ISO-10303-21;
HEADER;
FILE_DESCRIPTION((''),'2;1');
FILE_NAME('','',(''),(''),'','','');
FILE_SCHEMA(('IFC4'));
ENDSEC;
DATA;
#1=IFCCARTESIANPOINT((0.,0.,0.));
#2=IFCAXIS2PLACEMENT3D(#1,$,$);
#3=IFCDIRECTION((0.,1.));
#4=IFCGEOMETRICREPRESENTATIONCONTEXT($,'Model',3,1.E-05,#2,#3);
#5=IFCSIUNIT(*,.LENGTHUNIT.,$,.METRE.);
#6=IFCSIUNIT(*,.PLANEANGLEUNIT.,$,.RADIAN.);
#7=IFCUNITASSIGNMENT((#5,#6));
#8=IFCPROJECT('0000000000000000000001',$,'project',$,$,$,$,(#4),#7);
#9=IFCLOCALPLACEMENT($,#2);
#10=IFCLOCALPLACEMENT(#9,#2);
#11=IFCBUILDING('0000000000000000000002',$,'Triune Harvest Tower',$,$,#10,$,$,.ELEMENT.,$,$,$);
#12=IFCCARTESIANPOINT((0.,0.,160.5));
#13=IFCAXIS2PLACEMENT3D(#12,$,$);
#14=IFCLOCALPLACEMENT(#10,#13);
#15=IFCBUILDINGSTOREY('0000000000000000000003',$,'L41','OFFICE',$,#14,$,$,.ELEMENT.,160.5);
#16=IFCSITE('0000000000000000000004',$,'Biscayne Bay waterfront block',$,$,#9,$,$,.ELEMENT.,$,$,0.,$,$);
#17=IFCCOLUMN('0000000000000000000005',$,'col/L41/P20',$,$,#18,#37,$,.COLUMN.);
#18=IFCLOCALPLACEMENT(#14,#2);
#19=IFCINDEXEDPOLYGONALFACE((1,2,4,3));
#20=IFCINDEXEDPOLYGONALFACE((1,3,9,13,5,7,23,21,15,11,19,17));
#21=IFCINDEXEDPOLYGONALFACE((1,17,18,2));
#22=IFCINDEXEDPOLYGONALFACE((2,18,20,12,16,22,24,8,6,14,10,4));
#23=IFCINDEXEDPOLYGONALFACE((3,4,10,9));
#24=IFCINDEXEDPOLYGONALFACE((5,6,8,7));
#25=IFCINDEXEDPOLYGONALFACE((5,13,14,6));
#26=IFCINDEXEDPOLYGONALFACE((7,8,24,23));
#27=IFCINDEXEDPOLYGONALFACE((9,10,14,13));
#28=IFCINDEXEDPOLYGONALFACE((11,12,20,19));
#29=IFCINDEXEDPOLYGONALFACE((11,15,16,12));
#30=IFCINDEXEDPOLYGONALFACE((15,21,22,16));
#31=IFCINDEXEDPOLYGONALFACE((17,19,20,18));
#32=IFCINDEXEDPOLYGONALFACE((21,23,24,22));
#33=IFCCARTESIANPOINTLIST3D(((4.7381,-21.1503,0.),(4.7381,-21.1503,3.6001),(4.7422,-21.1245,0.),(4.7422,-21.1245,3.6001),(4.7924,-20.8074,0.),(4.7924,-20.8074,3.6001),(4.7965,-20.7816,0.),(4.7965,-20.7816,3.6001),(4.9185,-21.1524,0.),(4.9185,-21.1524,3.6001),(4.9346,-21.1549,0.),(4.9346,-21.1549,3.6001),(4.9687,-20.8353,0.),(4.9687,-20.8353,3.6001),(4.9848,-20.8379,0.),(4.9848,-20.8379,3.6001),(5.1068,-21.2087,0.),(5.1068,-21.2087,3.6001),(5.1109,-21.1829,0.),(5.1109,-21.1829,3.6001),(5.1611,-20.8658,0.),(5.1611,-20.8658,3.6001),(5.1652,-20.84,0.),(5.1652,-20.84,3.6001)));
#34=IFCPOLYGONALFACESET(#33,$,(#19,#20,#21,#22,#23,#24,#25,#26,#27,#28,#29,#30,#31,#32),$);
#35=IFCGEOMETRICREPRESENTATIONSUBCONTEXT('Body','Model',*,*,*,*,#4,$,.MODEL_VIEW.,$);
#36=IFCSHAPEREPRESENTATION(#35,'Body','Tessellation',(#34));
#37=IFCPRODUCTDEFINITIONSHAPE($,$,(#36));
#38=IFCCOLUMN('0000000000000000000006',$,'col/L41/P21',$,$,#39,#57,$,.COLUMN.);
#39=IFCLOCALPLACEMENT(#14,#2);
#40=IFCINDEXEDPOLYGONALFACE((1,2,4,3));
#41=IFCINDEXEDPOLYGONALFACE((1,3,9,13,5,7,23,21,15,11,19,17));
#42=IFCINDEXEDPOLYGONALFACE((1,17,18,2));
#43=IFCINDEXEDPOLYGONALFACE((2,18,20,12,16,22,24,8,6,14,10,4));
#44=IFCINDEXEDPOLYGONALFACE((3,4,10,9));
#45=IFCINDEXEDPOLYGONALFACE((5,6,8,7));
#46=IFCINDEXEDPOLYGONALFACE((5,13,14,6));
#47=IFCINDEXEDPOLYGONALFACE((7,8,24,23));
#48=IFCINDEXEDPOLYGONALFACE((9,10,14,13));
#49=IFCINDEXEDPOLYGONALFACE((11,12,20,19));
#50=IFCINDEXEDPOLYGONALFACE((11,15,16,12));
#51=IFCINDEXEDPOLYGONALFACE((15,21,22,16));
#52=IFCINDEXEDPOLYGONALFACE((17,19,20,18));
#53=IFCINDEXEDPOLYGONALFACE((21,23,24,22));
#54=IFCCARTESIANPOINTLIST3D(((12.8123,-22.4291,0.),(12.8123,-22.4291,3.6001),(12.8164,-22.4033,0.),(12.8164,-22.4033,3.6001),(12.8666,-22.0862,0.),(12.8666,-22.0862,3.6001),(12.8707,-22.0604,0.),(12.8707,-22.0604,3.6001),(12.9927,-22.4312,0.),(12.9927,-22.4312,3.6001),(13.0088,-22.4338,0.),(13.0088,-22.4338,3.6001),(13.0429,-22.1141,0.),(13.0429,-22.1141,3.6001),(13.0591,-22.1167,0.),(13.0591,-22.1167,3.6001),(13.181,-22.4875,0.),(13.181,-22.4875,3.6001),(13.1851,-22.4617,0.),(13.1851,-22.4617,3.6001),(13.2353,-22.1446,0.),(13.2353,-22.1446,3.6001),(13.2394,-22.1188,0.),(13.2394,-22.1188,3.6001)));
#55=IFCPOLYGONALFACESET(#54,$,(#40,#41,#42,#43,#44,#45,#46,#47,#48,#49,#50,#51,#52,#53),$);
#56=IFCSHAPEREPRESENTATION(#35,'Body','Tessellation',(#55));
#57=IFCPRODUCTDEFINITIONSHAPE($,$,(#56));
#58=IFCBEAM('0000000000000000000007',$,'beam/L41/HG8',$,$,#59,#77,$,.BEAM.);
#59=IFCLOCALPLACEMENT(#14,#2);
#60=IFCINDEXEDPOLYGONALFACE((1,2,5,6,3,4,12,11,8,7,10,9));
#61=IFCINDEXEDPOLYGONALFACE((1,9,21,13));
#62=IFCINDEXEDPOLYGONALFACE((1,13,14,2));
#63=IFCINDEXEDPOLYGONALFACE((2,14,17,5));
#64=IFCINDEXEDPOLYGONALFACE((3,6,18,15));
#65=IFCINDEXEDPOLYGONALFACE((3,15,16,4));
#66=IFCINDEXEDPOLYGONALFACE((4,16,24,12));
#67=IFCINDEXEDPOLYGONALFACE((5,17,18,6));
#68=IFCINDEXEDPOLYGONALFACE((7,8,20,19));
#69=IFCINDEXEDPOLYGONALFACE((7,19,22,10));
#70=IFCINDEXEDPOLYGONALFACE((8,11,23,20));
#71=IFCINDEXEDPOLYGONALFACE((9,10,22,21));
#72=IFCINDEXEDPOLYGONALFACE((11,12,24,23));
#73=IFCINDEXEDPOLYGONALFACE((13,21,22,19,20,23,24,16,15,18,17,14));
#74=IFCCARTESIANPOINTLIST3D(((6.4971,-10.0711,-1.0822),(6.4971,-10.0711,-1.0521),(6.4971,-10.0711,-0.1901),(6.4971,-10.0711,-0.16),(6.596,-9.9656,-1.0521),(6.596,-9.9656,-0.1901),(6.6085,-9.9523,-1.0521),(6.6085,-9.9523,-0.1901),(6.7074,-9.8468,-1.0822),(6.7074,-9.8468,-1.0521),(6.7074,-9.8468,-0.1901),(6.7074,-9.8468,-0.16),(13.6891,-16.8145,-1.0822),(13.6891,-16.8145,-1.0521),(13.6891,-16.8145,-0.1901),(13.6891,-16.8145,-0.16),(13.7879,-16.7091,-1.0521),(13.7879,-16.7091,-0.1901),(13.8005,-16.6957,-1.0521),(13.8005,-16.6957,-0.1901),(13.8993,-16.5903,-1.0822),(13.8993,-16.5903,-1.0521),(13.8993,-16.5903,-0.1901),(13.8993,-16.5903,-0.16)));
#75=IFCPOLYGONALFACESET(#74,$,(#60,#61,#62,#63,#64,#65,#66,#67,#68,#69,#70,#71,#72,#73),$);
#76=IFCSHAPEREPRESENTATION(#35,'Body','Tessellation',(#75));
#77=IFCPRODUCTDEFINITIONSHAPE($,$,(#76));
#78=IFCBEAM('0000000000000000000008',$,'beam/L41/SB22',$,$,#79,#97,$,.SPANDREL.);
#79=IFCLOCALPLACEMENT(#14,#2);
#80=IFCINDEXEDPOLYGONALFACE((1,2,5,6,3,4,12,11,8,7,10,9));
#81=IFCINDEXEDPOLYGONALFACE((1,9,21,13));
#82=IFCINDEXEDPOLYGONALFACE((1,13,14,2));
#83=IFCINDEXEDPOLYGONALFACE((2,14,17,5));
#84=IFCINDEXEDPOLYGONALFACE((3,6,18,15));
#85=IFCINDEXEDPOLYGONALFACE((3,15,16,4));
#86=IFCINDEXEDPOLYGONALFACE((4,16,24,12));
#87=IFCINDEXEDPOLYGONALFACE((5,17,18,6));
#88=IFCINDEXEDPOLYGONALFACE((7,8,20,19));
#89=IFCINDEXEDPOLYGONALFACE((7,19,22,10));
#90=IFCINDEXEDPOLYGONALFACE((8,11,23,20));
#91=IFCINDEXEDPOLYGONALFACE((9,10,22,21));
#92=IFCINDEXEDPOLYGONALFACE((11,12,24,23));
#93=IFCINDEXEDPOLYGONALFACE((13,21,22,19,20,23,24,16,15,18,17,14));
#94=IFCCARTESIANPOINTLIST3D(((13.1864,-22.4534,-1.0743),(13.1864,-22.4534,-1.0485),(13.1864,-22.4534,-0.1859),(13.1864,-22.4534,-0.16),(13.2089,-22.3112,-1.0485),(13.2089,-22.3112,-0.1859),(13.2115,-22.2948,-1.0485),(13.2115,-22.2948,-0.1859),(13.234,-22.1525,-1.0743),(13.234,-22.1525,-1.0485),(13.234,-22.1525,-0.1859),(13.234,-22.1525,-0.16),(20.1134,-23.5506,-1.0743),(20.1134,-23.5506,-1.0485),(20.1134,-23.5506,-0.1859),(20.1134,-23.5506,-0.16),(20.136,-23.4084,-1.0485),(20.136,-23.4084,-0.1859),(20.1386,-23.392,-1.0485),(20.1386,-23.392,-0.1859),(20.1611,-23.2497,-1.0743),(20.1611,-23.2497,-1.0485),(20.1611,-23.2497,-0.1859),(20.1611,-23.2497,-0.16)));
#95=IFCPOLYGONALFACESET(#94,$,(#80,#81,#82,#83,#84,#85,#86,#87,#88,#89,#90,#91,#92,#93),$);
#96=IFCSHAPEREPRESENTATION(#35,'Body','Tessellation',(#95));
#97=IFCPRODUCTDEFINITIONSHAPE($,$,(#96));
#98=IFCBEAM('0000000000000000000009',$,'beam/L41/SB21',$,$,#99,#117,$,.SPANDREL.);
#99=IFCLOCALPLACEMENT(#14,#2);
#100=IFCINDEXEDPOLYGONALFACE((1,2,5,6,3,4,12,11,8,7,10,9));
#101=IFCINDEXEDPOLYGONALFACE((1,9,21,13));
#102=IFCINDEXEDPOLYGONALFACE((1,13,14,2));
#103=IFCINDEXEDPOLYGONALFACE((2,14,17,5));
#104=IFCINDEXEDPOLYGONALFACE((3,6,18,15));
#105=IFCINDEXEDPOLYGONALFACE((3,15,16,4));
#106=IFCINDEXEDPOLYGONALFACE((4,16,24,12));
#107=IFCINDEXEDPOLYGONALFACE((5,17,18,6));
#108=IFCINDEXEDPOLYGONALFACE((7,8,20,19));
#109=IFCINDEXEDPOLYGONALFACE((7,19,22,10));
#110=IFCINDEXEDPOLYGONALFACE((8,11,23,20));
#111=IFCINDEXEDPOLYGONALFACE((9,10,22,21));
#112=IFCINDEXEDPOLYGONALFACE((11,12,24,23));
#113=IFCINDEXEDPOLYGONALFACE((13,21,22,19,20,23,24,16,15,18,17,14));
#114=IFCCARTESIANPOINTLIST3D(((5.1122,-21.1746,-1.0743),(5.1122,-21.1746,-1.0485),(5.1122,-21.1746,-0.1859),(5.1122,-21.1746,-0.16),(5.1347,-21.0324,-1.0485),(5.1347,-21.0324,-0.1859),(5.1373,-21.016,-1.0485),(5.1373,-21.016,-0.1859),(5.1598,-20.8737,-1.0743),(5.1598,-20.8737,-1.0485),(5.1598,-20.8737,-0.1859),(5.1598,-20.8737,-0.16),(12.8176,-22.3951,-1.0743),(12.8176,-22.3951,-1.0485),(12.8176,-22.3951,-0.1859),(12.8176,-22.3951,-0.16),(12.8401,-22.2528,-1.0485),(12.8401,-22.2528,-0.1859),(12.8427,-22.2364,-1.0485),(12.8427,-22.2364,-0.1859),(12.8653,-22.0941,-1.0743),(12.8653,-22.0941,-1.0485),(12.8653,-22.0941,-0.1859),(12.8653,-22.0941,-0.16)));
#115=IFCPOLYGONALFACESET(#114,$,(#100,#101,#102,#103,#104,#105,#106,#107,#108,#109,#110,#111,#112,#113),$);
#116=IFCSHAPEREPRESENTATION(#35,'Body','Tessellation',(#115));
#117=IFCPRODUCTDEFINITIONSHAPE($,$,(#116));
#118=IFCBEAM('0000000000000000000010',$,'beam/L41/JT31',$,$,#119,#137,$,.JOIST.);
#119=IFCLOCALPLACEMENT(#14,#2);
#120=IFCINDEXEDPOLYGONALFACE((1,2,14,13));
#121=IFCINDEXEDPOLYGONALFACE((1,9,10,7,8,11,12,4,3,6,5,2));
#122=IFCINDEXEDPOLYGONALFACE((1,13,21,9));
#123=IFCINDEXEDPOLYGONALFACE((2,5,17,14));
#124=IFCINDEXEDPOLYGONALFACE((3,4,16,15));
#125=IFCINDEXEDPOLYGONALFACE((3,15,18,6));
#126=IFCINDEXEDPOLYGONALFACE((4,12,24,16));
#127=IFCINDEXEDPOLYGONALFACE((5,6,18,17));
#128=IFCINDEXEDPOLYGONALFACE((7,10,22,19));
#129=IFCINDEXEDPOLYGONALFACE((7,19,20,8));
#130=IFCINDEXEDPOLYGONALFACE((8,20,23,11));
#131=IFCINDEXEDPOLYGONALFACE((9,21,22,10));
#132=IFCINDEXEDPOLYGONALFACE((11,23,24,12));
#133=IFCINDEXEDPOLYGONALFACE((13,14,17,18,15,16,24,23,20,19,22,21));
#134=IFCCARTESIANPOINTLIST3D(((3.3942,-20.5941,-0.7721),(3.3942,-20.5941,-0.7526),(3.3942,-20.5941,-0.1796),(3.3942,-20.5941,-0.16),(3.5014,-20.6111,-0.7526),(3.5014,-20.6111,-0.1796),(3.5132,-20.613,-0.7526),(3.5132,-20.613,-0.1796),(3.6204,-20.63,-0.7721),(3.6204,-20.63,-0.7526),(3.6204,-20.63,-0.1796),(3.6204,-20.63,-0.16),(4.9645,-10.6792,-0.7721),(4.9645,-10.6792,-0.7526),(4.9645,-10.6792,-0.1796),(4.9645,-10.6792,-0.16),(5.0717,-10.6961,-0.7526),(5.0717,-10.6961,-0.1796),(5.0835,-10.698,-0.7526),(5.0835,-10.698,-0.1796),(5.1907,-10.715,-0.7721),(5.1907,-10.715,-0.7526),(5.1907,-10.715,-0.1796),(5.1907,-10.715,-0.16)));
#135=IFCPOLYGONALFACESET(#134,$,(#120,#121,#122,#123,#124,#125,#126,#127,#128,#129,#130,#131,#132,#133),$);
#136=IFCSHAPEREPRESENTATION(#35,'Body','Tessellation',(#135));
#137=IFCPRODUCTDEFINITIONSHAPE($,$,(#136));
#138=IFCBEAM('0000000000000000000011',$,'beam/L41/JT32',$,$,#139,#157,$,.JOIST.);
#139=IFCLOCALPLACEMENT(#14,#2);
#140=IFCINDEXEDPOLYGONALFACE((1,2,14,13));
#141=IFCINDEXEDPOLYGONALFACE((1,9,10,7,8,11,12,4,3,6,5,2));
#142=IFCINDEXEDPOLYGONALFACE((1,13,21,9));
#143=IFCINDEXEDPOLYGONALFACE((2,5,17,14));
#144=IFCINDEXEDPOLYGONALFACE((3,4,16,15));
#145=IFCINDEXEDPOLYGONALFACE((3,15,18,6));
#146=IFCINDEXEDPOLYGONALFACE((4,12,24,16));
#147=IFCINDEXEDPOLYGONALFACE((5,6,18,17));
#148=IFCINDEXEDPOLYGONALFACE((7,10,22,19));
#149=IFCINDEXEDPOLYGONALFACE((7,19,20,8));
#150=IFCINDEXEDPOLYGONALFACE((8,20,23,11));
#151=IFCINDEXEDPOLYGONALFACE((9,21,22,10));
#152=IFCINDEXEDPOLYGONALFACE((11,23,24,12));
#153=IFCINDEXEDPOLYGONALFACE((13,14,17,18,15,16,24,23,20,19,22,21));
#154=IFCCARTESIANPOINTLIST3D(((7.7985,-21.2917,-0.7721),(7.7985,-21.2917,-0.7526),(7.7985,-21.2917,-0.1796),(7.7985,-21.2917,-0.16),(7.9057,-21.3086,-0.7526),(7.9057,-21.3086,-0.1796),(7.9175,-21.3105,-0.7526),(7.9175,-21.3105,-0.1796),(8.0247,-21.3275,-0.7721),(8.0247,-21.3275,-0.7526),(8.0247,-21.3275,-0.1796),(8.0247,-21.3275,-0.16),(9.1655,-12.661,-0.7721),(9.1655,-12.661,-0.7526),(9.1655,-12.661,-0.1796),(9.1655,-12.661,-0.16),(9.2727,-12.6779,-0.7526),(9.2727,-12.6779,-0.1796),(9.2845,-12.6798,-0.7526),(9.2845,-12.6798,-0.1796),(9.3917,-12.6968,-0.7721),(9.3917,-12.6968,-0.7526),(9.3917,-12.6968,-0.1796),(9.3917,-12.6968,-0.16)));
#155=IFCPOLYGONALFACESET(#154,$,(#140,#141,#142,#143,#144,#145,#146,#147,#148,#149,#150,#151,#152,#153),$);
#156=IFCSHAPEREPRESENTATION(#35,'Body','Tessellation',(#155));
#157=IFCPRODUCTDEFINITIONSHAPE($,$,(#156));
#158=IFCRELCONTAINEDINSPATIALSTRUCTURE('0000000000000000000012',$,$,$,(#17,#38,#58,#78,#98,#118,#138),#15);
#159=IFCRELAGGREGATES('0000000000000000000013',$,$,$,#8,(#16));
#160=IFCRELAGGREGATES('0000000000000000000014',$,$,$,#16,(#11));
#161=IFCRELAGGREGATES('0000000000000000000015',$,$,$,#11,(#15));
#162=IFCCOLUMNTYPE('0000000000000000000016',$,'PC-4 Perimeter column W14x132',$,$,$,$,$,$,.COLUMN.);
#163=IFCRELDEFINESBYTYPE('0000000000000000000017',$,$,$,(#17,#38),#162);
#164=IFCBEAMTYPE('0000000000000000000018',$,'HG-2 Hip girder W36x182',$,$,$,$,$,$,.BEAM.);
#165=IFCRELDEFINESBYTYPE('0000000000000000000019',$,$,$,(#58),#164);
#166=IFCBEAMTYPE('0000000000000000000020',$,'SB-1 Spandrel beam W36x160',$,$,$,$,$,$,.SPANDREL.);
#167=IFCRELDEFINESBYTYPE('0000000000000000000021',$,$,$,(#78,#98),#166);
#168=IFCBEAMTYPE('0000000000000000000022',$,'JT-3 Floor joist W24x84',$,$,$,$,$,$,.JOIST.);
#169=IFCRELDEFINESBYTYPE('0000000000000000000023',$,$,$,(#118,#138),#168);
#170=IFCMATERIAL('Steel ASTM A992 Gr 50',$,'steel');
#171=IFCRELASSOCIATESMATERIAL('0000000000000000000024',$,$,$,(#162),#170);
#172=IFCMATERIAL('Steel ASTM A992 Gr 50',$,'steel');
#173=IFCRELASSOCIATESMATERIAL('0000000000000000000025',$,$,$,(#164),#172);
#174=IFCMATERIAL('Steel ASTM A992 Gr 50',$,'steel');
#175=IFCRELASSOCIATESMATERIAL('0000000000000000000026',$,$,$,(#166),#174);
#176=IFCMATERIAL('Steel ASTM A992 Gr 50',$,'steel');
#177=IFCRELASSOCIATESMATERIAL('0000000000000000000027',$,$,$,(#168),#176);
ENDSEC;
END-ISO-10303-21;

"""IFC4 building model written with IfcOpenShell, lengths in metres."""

from ifc_helpers import new_model, si_unit, direction, frame, origin, origin_2d, place, context, subcontext, project, spatial, i_section, extrude, source, transform, mapped, material, material_profile, profile_set, type_object, element, save


model = new_model("IFC4")

# Units and contexts
model_context = context("Model", 3, precision=1e-05, world=origin(), true_north=direction((0.0, 1.0)))
body_context = subcontext(model_context, "Body", "Model", "MODEL_VIEW")
ifc_project = project(units=[si_unit("LENGTHUNIT", "METRE"), si_unit("PLANEANGLEUNIT", "RADIAN")], contexts=[model_context])

# Site, building, storey
site_placement = place(None, origin())
site = spatial("IfcSite", under=ifc_project, at=site_placement, Name="Biscayne Bay waterfront block", CompositionType="ELEMENT", RefElevation=0.0)
building_placement = place(site_placement, origin())
building = spatial("IfcBuilding", under=site, at=building_placement, Name="Triune Harvest Tower", CompositionType="ELEMENT")
storey_placement = place(building_placement, frame((0.0, 0.0, 160.5)))
storey = spatial("IfcBuildingStorey", under=building, at=storey_placement, Name="L41", Description="OFFICE", CompositionType="ELEMENT", Elevation=160.5)

# Columns
ifc_material_1 = material(Name="Steel ASTM A992 Gr 50", Category="steel")
ifc_material_profile_1 = material_profile(ifc_material_1, i_section(OverallWidth=0.3733, OverallDepth=0.3733, WebThickness=0.0164, FlangeThickness=0.0261, at=origin_2d()), Name="W14x132")
ifc_profile_set_1 = profile_set([ifc_material_profile_1], Name="Steel ASTM A992 Gr 50")
column_type = type_object("IfcColumnType", Name="PC-4 Perimeter column W14x132", PredefinedType="COLUMN", material=ifc_profile_set_1)
shared_shape_1 = source(origin(), body_context, "Body", "SweptSolid", [
    extrude(i_section(OverallWidth=0.3733, OverallDepth=0.3733, WebThickness=0.0164, FlangeThickness=0.0261, at=origin_2d()), origin(), (0.0, 0.0, 1.0), 3.6001),
])
for number, where, z_axis, x_axis, name in (
    (1, (4.9517, -20.9951, 0.0), (0.0, 0.0, 1.0), (0.987688, -0.156434, 0.0), "col/L41/P20"),
    (2, (13.0259, -22.2739, 0.0), (0.0, 0.0, 1.0), (0.987688, -0.156434, 0.0), "col/L41/P21"),
):
    element("IfcColumn", number, at=place(storey_placement, frame(where, z_axis=z_axis, x_axis=x_axis)), inside=storey, type_object=column_type, Name=name, PredefinedType="COLUMN", context=body_context, shape_type="MappedRepresentation", body=[
        mapped(shared_shape_1, transform((0.0, 0.0, 0.0), scale=1.0)),
    ])

# Beams
ifc_material_2 = material(Name="Steel ASTM A992 Gr 50", Category="steel")
ifc_material_profile_2 = material_profile(ifc_material_2, i_section(OverallWidth=0.3074, OverallDepth=0.9221, WebThickness=0.0183, FlangeThickness=0.03, at=origin_2d()), Name="W36x182")
ifc_profile_set_2 = profile_set([ifc_material_profile_2], Name="Steel ASTM A992 Gr 50")
beam_type_1 = type_object("IfcBeamType", Name="HG-2 Hip girder W36x182", PredefinedType="BEAM", material=ifc_profile_set_2)
shared_shape_2 = source(origin(), body_context, "Body", "SweptSolid", [
    extrude(i_section(OverallWidth=0.3074, OverallDepth=0.9221, WebThickness=0.0183, FlangeThickness=0.03, at=origin_2d()), origin(), (0.0, 0.0, 1.0), 9.8589),
])
beam_1_placement = place(storey_placement, frame((13.7942, -16.7024, -0.6211), z_axis=(-0.729486, 0.683995, 0.0), x_axis=(-0.683995, -0.729486, 0.0)))
element("IfcBeam", 3, at=beam_1_placement, inside=storey, type_object=beam_type_1, Name="beam/L41/HG8", PredefinedType="BEAM", context=body_context, shape_type="MappedRepresentation", body=[
    mapped(shared_shape_2, transform((0.0, 0.0, 0.0), scale=1.0)),
])
ifc_material_3 = material(Name="Steel ASTM A992 Gr 50", Category="steel")
ifc_material_profile_3 = material_profile(ifc_material_3, i_section(OverallWidth=0.3047, OverallDepth=0.9143, WebThickness=0.0166, FlangeThickness=0.0259, at=origin_2d()), Name="W36x160")
ifc_profile_set_3 = profile_set([ifc_material_profile_3], Name="Steel ASTM A992 Gr 50")
beam_type_2 = type_object("IfcBeamType", Name="SB-1 Spandrel beam W36x160", PredefinedType="SPANDREL", material=ifc_profile_set_3)
shared_shape_3 = source(origin(), body_context, "Body", "SweptSolid", [
    extrude(i_section(OverallWidth=0.3047, OverallDepth=0.9143, WebThickness=0.0166, FlangeThickness=0.0259, at=origin_2d()), origin(), (0.0, 0.0, 1.0), 7.0134),
])
beam_2_placement = place(storey_placement, frame((13.2102, -22.303, -0.6172), z_axis=(0.987687, -0.15644, 0.0), x_axis=(0.15644, 0.987687, 0.0)))
element("IfcBeam", 4, at=beam_2_placement, inside=storey, type_object=beam_type_2, Name="beam/L41/SB22", PredefinedType="SPANDREL", context=body_context, shape_type="MappedRepresentation", body=[
    mapped(shared_shape_3, transform((0.0, 0.0, 0.0), scale=1.0)),
])
shared_shape_4 = source(origin(), body_context, "Body", "SweptSolid", [
    extrude(i_section(OverallWidth=0.3047, OverallDepth=0.9143, WebThickness=0.0166, FlangeThickness=0.0259, at=origin_2d()), origin(), (0.0, 0.0, 1.0), 7.8015),
])
beam_3_placement = place(storey_placement, frame((5.136, -21.0242, -0.6172), z_axis=(0.987688, -0.156437, 0.0), x_axis=(0.156437, 0.987688, 0.0)))
element("IfcBeam", 5, at=beam_3_placement, inside=storey, type_object=beam_type_2, Name="beam/L41/SB21", PredefinedType="SPANDREL", context=body_context, shape_type="MappedRepresentation", body=[
    mapped(shared_shape_4, transform((0.0, 0.0, 0.0), scale=1.0)),
])
ifc_material_4 = material(Name="Steel ASTM A992 Gr 50", Category="steel")
ifc_material_profile_4 = material_profile(ifc_material_4, i_section(OverallWidth=0.229, OverallDepth=0.6121, WebThickness=0.012, FlangeThickness=0.0195, at=origin_2d()), Name="W24x84")
ifc_profile_set_4 = profile_set([ifc_material_profile_4], Name="Steel ASTM A992 Gr 50")
beam_type_3 = type_object("IfcBeamType", Name="JT-3 Floor joist W24x84", PredefinedType="JOIST", material=ifc_profile_set_4)
shared_shape_5 = source(origin(), body_context, "Body", "SweptSolid", [
    extrude(i_section(OverallWidth=0.229, OverallDepth=0.6121, WebThickness=0.012, FlangeThickness=0.0195, at=origin_2d()), origin(), (0.0, 0.0, 1.0), 10.0386),
])
beam_4_placement = place(storey_placement, frame((3.5073, -20.6121, -0.4661), z_axis=(0.156427, 0.98769, 0.0), x_axis=(-0.98769, 0.156427, 0.0)))
element("IfcBeam", 6, at=beam_4_placement, inside=storey, type_object=beam_type_3, Name="beam/L41/JT31", PredefinedType="JOIST", context=body_context, shape_type="MappedRepresentation", body=[
    mapped(shared_shape_5, transform((0.0, 0.0, 0.0), scale=1.0)),
])
shared_shape_6 = source(origin(), body_context, "Body", "SweptSolid", [
    extrude(i_section(OverallWidth=0.229, OverallDepth=0.6121, WebThickness=0.012, FlangeThickness=0.0195, at=origin_2d()), origin(), (0.0, 0.0, 1.0), 8.7383),
])
beam_5_placement = place(storey_placement, frame((7.9116, -21.3096, -0.4661), z_axis=(0.156433, 0.987689, 0.0), x_axis=(-0.987689, 0.156433, 0.0)))
element("IfcBeam", 7, at=beam_5_placement, inside=storey, type_object=beam_type_3, Name="beam/L41/JT32", PredefinedType="JOIST", context=body_context, shape_type="MappedRepresentation", body=[
    mapped(shared_shape_6, transform((0.0, 0.0, 0.0), scale=1.0)),
])

save(model, "model.ifc")
